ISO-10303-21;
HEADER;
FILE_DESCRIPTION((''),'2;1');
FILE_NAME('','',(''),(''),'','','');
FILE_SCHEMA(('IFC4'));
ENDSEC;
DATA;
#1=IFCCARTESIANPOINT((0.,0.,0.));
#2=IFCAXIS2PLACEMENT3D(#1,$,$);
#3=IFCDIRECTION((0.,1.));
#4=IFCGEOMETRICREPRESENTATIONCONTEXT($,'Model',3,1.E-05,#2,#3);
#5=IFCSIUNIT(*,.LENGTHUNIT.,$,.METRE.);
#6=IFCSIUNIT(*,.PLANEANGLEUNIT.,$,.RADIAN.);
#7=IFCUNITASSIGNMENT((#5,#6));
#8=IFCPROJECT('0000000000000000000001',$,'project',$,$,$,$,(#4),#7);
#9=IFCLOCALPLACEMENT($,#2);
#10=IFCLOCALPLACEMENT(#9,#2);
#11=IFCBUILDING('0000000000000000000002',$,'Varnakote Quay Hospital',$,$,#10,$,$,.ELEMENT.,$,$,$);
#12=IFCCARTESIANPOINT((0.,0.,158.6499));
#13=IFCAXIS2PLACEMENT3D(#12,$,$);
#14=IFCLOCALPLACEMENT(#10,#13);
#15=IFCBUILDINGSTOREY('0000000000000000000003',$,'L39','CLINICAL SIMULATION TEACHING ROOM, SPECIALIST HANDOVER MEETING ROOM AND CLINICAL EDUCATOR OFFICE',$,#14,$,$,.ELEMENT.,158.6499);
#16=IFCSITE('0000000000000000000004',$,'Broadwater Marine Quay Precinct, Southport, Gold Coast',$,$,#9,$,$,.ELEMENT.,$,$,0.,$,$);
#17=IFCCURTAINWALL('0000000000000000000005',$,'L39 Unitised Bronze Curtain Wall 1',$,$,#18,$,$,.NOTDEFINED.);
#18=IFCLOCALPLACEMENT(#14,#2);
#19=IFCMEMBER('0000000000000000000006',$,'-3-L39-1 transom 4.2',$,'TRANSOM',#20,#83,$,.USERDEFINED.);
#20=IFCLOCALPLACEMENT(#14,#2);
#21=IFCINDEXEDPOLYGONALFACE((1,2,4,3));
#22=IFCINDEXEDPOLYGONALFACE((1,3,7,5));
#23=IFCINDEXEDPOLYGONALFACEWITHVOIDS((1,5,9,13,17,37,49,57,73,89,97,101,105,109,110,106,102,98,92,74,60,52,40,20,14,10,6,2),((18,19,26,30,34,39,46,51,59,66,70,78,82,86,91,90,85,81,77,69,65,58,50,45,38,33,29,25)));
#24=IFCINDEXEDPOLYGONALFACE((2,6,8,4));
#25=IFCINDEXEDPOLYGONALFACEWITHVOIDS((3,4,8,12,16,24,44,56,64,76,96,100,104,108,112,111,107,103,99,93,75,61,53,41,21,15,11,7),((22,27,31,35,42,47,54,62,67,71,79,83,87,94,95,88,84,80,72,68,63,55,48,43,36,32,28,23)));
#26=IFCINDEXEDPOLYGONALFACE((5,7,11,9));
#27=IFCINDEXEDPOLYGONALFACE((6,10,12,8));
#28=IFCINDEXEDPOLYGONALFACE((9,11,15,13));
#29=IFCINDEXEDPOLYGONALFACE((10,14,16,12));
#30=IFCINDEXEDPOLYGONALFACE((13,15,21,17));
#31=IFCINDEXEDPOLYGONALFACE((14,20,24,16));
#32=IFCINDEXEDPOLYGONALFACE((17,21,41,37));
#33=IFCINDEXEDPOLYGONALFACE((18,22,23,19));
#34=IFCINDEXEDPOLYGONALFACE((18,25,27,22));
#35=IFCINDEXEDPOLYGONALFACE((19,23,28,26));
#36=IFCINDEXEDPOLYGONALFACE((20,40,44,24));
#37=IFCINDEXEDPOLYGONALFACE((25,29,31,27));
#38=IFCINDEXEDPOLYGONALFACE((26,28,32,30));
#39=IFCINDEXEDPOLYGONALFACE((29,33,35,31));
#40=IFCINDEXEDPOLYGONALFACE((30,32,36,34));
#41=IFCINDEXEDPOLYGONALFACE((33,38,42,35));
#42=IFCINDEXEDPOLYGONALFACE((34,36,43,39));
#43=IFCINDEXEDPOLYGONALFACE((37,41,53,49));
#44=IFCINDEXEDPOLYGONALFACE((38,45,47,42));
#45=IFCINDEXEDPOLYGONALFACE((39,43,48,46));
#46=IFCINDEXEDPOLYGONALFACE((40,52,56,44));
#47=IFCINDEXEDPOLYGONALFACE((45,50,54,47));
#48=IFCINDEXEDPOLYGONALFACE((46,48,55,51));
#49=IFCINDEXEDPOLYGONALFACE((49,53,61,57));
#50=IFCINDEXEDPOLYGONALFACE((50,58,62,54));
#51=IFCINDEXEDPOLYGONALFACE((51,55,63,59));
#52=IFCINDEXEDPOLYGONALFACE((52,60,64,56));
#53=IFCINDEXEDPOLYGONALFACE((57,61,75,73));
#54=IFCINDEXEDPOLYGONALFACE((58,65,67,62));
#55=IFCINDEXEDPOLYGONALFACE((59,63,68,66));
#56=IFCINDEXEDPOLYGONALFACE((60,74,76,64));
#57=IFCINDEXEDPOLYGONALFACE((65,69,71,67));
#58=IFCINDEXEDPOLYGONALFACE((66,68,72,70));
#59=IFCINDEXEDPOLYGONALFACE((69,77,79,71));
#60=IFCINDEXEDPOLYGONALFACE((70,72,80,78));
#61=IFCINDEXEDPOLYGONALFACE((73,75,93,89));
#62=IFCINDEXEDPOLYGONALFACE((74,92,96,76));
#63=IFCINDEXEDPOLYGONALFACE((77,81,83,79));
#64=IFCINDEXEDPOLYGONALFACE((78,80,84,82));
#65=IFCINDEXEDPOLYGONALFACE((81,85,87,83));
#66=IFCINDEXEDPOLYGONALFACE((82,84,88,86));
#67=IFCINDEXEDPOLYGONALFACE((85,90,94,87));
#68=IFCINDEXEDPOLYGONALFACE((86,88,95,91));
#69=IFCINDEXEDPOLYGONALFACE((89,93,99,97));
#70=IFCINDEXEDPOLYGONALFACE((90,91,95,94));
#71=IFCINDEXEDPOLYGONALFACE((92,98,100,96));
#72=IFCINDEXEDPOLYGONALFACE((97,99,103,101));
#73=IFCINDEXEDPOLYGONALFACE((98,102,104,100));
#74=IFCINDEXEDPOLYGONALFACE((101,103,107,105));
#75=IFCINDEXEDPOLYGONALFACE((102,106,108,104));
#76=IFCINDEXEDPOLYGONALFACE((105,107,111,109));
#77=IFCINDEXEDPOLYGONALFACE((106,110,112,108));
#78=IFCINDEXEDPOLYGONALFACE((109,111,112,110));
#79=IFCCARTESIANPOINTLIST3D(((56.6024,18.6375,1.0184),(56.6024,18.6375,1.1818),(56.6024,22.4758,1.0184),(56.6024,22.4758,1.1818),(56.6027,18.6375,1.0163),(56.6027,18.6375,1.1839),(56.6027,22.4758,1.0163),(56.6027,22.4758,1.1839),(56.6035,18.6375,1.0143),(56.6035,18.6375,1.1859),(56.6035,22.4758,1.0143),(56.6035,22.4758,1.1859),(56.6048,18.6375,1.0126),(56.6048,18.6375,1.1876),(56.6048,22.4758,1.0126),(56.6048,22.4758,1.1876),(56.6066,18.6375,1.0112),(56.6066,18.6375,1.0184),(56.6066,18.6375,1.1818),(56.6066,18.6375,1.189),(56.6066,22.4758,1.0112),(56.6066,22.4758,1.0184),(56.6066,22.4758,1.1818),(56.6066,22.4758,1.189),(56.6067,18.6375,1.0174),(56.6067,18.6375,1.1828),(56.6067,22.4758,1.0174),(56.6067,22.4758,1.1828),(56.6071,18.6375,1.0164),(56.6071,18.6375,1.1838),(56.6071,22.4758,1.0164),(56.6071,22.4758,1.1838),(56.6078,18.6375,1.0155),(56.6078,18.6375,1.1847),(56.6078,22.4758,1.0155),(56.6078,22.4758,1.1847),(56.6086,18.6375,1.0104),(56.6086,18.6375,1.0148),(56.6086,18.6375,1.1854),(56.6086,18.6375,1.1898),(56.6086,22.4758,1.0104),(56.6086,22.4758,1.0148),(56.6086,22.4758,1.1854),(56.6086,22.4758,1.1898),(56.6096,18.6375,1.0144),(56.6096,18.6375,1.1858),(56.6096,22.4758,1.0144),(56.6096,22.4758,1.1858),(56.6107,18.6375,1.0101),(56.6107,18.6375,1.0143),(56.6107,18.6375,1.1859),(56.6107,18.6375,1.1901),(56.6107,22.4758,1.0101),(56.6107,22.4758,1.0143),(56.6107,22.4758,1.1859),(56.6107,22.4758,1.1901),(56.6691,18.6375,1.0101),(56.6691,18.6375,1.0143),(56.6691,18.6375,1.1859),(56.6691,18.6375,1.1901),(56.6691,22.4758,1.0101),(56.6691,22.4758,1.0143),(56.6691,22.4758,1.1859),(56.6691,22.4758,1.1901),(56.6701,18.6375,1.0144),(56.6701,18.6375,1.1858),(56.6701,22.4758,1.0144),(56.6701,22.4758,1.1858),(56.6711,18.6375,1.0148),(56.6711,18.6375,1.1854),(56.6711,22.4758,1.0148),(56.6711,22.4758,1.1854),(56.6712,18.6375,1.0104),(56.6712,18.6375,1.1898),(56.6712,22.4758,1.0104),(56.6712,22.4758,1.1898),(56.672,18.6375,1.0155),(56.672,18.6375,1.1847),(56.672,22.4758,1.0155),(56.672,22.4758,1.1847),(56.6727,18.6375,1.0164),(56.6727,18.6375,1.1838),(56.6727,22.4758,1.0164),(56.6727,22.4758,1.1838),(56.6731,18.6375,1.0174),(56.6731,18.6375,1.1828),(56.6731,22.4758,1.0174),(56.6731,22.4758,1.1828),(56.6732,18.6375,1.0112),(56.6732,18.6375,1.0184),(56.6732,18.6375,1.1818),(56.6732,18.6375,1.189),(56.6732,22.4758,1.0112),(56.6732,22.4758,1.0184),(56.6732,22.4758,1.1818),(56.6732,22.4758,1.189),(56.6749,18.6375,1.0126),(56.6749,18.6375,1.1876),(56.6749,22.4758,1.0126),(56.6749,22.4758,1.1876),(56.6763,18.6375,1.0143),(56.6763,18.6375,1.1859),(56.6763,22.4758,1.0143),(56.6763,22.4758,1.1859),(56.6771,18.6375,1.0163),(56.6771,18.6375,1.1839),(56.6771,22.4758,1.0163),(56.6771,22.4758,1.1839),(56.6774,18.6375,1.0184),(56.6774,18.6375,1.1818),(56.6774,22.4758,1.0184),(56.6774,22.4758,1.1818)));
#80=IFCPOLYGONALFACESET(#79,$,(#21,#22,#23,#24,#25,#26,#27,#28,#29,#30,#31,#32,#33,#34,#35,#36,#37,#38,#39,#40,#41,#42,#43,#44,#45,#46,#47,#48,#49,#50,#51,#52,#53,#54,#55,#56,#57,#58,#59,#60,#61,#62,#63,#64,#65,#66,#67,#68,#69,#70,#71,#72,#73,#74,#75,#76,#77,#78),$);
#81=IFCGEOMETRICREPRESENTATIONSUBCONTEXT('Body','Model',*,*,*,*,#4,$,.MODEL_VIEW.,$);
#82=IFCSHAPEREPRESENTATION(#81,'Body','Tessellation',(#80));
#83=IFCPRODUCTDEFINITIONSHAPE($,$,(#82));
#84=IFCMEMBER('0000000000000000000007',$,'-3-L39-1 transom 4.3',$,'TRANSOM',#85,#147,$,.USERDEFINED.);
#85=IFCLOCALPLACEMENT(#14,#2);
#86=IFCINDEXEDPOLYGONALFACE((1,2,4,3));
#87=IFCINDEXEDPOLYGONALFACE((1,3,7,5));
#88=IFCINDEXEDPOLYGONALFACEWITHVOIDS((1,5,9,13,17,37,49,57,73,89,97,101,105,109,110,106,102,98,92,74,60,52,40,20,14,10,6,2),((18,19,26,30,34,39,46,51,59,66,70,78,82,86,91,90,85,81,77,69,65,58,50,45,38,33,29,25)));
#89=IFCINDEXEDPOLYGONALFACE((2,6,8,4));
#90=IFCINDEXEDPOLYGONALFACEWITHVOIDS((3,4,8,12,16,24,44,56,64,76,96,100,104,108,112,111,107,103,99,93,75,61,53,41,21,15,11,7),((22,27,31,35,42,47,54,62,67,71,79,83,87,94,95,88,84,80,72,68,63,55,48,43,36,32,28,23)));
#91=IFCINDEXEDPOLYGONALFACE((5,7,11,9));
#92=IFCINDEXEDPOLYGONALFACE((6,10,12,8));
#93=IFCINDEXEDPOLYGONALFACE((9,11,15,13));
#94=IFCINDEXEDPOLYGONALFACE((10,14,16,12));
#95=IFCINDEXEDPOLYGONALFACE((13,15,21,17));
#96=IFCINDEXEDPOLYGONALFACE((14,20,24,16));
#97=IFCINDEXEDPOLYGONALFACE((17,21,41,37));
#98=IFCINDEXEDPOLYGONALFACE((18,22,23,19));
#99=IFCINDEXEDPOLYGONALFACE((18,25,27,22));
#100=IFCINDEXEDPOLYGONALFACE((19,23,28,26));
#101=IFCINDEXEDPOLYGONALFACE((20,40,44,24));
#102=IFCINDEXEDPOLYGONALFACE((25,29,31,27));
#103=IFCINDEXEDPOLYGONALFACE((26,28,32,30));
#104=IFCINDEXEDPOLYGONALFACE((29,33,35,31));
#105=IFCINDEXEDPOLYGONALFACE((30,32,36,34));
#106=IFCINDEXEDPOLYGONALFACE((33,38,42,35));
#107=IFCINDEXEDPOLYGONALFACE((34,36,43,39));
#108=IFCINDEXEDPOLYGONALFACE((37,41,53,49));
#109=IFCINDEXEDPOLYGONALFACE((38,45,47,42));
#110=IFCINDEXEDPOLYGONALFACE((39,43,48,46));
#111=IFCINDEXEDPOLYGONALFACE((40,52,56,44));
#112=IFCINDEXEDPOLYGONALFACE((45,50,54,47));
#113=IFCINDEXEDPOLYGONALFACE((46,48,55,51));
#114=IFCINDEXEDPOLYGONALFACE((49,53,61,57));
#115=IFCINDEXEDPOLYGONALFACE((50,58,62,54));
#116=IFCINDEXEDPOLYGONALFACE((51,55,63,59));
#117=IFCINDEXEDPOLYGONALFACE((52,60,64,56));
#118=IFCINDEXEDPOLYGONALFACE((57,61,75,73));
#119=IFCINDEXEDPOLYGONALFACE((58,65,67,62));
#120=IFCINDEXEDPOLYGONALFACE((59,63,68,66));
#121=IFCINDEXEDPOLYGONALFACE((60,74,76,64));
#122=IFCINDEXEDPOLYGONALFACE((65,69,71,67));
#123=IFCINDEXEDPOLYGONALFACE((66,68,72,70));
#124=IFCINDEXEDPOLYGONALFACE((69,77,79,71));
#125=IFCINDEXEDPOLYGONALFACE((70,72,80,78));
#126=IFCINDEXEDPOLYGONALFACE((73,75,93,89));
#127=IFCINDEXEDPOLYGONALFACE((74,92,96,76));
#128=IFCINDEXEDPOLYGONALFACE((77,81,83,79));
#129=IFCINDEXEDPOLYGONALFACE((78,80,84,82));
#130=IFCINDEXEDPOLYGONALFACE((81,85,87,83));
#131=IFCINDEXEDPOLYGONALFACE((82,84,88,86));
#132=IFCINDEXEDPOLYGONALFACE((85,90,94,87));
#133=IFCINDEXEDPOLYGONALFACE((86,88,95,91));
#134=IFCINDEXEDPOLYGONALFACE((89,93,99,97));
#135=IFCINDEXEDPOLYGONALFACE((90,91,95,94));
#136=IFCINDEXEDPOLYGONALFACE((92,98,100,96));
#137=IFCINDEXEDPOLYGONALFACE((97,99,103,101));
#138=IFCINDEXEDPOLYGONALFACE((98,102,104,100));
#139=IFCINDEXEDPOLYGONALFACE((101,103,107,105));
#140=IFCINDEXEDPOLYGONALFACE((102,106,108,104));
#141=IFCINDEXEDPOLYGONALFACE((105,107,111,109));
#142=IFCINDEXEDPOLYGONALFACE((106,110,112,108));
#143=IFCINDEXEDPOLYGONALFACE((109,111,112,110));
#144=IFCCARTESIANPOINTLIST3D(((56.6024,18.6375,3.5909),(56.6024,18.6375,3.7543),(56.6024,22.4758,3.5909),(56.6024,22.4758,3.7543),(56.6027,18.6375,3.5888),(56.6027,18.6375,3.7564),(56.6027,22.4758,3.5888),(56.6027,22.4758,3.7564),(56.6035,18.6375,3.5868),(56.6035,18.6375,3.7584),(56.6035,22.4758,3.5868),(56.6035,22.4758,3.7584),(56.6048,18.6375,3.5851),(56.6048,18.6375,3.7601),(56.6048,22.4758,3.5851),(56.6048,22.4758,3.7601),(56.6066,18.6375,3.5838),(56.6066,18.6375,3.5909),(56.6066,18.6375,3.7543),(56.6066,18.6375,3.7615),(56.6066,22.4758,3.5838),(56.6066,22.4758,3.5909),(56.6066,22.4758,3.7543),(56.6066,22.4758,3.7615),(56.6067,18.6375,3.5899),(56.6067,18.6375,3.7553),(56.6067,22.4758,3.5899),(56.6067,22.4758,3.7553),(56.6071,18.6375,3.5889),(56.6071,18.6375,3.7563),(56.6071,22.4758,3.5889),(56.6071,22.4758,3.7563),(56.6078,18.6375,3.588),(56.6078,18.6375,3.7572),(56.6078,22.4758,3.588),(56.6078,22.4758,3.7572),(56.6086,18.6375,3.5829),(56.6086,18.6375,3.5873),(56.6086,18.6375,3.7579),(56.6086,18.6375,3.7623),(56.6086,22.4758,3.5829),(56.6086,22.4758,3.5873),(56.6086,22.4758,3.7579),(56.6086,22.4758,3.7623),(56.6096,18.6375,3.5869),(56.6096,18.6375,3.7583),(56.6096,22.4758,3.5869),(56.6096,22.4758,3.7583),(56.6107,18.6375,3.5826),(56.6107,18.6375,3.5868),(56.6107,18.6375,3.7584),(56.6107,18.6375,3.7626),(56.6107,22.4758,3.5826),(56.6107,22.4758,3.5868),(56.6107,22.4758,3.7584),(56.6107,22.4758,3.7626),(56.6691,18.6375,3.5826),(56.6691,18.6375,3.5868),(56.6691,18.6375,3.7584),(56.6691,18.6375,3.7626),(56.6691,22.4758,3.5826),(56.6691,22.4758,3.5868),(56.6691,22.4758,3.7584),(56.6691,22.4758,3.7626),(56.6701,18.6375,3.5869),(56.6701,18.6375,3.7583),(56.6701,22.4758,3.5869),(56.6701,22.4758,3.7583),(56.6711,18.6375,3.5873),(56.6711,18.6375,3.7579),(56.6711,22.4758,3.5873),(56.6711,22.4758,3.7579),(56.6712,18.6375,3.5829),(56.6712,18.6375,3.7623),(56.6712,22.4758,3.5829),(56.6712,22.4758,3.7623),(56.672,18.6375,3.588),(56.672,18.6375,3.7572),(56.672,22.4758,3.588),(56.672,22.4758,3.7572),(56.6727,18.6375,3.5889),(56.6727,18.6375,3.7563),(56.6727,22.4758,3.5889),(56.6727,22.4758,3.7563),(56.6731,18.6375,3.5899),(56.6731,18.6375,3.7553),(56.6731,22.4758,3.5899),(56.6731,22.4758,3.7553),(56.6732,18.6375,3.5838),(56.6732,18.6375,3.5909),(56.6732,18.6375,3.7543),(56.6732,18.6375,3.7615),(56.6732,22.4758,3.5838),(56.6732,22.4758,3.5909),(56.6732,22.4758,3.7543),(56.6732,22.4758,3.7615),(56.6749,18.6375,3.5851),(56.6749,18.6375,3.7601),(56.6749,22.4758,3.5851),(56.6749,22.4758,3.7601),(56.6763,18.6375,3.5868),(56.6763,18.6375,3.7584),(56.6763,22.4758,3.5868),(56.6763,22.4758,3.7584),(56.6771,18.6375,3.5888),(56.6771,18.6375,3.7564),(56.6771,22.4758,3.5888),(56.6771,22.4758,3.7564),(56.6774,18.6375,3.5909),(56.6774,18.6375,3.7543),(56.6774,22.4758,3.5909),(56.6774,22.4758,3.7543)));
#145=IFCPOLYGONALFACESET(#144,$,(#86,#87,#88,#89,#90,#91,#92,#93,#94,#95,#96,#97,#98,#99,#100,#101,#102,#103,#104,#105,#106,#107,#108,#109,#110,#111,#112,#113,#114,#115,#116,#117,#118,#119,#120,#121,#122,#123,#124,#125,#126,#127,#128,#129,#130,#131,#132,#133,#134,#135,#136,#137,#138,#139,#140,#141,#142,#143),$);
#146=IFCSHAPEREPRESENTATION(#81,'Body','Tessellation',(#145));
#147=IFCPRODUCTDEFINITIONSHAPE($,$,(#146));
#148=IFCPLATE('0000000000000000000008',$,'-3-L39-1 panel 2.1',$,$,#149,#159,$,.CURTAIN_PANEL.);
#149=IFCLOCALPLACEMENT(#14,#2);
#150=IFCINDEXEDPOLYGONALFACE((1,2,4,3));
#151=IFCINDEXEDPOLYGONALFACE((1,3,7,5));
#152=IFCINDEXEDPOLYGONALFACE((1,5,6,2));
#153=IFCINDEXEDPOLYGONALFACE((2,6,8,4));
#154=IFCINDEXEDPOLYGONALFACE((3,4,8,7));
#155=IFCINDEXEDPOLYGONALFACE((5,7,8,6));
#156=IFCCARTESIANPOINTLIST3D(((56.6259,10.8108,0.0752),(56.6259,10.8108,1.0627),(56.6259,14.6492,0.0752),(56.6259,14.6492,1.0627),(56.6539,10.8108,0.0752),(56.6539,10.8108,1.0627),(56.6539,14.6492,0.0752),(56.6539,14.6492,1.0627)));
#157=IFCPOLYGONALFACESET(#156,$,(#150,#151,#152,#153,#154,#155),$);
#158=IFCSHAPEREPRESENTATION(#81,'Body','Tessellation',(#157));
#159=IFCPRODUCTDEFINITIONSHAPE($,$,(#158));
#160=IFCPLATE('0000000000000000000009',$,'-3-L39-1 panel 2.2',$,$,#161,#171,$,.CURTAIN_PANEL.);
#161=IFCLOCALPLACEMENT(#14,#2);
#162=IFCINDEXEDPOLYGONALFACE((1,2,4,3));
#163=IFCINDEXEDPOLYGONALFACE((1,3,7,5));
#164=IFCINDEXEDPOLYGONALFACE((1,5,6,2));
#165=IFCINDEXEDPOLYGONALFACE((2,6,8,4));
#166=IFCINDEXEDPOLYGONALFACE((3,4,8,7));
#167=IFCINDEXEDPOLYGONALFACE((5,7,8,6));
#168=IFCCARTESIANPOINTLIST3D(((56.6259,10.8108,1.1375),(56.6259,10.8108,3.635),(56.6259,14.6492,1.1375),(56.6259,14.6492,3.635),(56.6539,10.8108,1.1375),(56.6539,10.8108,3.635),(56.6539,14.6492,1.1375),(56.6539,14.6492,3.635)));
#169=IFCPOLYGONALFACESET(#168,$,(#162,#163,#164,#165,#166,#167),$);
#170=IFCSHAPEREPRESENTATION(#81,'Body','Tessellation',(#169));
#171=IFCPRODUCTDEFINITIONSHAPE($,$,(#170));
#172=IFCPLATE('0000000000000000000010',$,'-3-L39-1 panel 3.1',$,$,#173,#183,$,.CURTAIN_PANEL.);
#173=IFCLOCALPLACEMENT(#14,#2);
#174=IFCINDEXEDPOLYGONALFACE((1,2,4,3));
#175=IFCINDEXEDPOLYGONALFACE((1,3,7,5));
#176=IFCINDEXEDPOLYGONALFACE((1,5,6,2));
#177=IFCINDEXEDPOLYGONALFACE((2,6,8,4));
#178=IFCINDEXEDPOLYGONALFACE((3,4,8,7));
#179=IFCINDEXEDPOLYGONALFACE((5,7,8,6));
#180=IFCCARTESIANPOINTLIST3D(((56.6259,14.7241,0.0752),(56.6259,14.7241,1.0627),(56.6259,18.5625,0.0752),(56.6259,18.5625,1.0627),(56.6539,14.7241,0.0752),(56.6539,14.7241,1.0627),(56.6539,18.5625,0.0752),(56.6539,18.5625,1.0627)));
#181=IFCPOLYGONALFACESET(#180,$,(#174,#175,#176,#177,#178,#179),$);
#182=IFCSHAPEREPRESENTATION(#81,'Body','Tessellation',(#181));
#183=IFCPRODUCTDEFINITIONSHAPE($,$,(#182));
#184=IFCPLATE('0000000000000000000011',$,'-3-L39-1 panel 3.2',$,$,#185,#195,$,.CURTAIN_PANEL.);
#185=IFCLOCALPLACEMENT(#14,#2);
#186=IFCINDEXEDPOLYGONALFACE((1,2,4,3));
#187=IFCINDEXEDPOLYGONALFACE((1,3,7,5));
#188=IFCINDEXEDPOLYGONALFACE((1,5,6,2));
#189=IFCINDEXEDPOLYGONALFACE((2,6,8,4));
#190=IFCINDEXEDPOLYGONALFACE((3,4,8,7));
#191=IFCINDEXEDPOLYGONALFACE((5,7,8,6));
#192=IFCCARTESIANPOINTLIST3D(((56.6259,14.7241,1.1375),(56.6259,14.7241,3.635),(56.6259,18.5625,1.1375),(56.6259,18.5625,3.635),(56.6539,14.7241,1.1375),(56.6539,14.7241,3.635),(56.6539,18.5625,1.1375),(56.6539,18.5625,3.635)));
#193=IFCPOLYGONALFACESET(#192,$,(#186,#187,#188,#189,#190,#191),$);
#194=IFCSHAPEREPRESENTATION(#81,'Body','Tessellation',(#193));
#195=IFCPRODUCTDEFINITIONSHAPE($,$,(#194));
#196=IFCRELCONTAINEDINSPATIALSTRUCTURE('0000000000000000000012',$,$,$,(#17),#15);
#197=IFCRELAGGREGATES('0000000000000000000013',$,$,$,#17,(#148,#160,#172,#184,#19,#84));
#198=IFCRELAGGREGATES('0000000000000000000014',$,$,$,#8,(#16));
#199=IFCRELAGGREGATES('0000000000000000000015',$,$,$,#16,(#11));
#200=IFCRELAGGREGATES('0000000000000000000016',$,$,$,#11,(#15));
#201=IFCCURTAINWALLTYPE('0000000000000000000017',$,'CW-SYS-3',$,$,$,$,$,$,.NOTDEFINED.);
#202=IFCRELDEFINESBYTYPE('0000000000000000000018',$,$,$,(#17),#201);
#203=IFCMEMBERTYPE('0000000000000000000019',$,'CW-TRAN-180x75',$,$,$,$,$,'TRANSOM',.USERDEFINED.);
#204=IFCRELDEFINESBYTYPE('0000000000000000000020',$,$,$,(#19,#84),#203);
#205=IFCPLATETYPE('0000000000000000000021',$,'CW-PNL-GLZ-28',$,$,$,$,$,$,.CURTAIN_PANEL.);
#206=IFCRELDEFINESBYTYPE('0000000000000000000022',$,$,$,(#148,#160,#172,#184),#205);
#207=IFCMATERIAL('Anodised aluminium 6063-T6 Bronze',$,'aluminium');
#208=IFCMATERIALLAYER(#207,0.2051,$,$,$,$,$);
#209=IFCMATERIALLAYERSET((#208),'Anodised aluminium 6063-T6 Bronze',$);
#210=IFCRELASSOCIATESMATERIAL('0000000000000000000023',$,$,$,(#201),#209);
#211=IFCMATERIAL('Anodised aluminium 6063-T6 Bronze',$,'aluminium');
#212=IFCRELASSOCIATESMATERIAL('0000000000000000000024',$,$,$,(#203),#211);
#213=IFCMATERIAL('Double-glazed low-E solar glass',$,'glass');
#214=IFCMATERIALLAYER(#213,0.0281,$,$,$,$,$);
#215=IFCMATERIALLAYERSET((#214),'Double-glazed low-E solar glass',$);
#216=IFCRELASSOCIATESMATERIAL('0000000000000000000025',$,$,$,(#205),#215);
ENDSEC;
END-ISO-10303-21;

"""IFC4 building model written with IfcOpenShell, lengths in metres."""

from ifc_helpers import new_model, si_unit, direction, frame, origin, origin_2d, place, context, subcontext, project, spatial, rectangle, hollow_rectangle, extrude, material, layer, layer_set, material_profile, profile_set, type_object, element, aggregate, save


model = new_model("IFC4")

# Units and contexts
model_context = context("Model", 3, precision=1e-05, world=origin(), true_north=direction((0.0, 1.0)))
body_context = subcontext(model_context, "Body", "Model", "MODEL_VIEW")
ifc_project = project(units=[si_unit("LENGTHUNIT", "METRE"), si_unit("PLANEANGLEUNIT", "RADIAN")], contexts=[model_context])

# Site, building, storey
site_placement = place(None, origin())
site = spatial("IfcSite", under=ifc_project, at=site_placement, Name="Broadwater Marine Quay Precinct, Southport, Gold Coast", CompositionType="ELEMENT", RefElevation=0.0)
building_placement = place(site_placement, origin())
building = spatial("IfcBuilding", under=site, at=building_placement, Name="Varnakote Quay Hospital", CompositionType="ELEMENT")
storey_placement = place(building_placement, frame((0.0, 0.0, 158.6499)))
storey = spatial("IfcBuildingStorey", under=building, at=storey_placement, Name="L39", Description="CLINICAL SIMULATION TEACHING ROOM, SPECIALIST HANDOVER MEETING ROOM AND CLINICAL EDUCATOR OFFICE", CompositionType="ELEMENT", Elevation=158.6499)

# Curtain wall, members, plates
ifc_material_1 = material(Name="Anodised aluminium 6063-T6 Bronze", Category="aluminium")
ifc_layer_1 = layer(ifc_material_1, 0.2051)
ifc_layer_set_1 = layer_set([ifc_layer_1], Name="Anodised aluminium 6063-T6 Bronze")
curtain_wall_type = type_object("IfcCurtainWallType", Name="CW-SYS-3", PredefinedType="NOTDEFINED", material=ifc_layer_set_1)
curtain_wall_placement = place(storey_placement, origin())
curtain_wall = element("IfcCurtainWall", 1, at=curtain_wall_placement, inside=storey, type_object=curtain_wall_type, Name="L39 Unitised Bronze Curtain Wall 1", PredefinedType="NOTDEFINED")
ifc_material_2 = material(Name="Anodised aluminium 6063-T6 Bronze", Category="aluminium")
ifc_material_profile_1 = material_profile(ifc_material_2, hollow_rectangle(XDim=0.075, YDim=0.1799, WallThickness=0.0042, InnerFilletRadius=0.0042, OuterFilletRadius=0.0083, at=origin_2d()), Name="CW-TRAN-180x75")
ifc_profile_set_1 = profile_set([ifc_material_profile_1], Name="Anodised aluminium 6063-T6 Bronze")
member_type_1 = type_object("IfcMemberType", Name="CW-TRAN-180x75", ElementType="TRANSOM", PredefinedType="USERDEFINED", material=ifc_profile_set_1)
member_1_placement = place(storey_placement, frame((56.6399, 18.6375, 1.1001), z_axis=(0.0, 1.0, 0.0), x_axis=(-1.0, 0.0, 0.0)))
member_1 = element("IfcMember", 2, at=member_1_placement, type_object=member_type_1, Name="-3-L39-1 transom 4.2", ObjectType="TRANSOM", PredefinedType="USERDEFINED", context=body_context, shape_type="SweptSolid", body=[
    extrude(hollow_rectangle(XDim=0.075, YDim=0.1799, WallThickness=0.0042, InnerFilletRadius=0.0042, OuterFilletRadius=0.0083, at=origin_2d()), origin(), (0.0, 0.0, 1.0), 3.8384),
])
member_2_placement = place(storey_placement, frame((56.6399, 18.6375, 3.6726), z_axis=(0.0, 1.0, 0.0), x_axis=(-1.0, 0.0, 0.0)))
member_2 = element("IfcMember", 3, at=member_2_placement, type_object=member_type_1, Name="-3-L39-1 transom 4.3", ObjectType="TRANSOM", PredefinedType="USERDEFINED", context=body_context, shape_type="SweptSolid", body=[
    extrude(hollow_rectangle(XDim=0.075, YDim=0.1799, WallThickness=0.0042, InnerFilletRadius=0.0042, OuterFilletRadius=0.0083, at=origin_2d()), origin(), (0.0, 0.0, 1.0), 3.8384),
])
ifc_material_3 = material(Name="Double-glazed low-E solar glass", Category="glass")
ifc_layer_2 = layer(ifc_material_3, 0.0281)
ifc_layer_set_2 = layer_set([ifc_layer_2], Name="Double-glazed low-E solar glass")
plate_type = type_object("IfcPlateType", Name="CW-PNL-GLZ-28", PredefinedType="CURTAIN_PANEL", material=ifc_layer_set_2)
plate_1_placement = place(storey_placement, frame((56.6399, 12.73, 0.0752), z_axis=(0.0, 0.0, 1.0), x_axis=(0.0, 1.0, 0.0)))
plate_1 = element("IfcPlate", 4, at=plate_1_placement, type_object=plate_type, Name="-3-L39-1 panel 2.1", PredefinedType="CURTAIN_PANEL", context=body_context, shape_type="SweptSolid", body=[
    extrude(rectangle(XDim=3.8384, YDim=0.0281, at=origin_2d()), origin(), (0.0, 0.0, 1.0), 0.9875),
])
plate_2_placement = place(storey_placement, frame((56.6399, 12.73, 1.1375), z_axis=(0.0, 0.0, 1.0), x_axis=(0.0, 1.0, 0.0)))
plate_2 = element("IfcPlate", 5, at=plate_2_placement, type_object=plate_type, Name="-3-L39-1 panel 2.2", PredefinedType="CURTAIN_PANEL", context=body_context, shape_type="SweptSolid", body=[
    extrude(rectangle(XDim=3.8384, YDim=0.0281, at=origin_2d()), origin(), (0.0, 0.0, 1.0), 2.4976),
])
plate_3_placement = place(storey_placement, frame((56.6399, 16.6433, 0.0752), z_axis=(0.0, 0.0, 1.0), x_axis=(0.0, 1.0, 0.0)))
plate_3 = element("IfcPlate", 6, at=plate_3_placement, type_object=plate_type, Name="-3-L39-1 panel 3.1", PredefinedType="CURTAIN_PANEL", context=body_context, shape_type="SweptSolid", body=[
    extrude(rectangle(XDim=3.8384, YDim=0.0281, at=origin_2d()), origin(), (0.0, 0.0, 1.0), 0.9875),
])
plate_4_placement = place(storey_placement, frame((56.6399, 16.6433, 1.1375), z_axis=(0.0, 0.0, 1.0), x_axis=(0.0, 1.0, 0.0)))
plate_4 = element("IfcPlate", 7, at=plate_4_placement, type_object=plate_type, Name="-3-L39-1 panel 3.2", PredefinedType="CURTAIN_PANEL", context=body_context, shape_type="SweptSolid", body=[
    extrude(rectangle(XDim=3.8384, YDim=0.0281, at=origin_2d()), origin(), (0.0, 0.0, 1.0), 2.4976),
])
aggregate(curtain_wall, [plate_1, plate_2, plate_3, plate_4, member_1, member_2])

save(model, "model.ifc")
